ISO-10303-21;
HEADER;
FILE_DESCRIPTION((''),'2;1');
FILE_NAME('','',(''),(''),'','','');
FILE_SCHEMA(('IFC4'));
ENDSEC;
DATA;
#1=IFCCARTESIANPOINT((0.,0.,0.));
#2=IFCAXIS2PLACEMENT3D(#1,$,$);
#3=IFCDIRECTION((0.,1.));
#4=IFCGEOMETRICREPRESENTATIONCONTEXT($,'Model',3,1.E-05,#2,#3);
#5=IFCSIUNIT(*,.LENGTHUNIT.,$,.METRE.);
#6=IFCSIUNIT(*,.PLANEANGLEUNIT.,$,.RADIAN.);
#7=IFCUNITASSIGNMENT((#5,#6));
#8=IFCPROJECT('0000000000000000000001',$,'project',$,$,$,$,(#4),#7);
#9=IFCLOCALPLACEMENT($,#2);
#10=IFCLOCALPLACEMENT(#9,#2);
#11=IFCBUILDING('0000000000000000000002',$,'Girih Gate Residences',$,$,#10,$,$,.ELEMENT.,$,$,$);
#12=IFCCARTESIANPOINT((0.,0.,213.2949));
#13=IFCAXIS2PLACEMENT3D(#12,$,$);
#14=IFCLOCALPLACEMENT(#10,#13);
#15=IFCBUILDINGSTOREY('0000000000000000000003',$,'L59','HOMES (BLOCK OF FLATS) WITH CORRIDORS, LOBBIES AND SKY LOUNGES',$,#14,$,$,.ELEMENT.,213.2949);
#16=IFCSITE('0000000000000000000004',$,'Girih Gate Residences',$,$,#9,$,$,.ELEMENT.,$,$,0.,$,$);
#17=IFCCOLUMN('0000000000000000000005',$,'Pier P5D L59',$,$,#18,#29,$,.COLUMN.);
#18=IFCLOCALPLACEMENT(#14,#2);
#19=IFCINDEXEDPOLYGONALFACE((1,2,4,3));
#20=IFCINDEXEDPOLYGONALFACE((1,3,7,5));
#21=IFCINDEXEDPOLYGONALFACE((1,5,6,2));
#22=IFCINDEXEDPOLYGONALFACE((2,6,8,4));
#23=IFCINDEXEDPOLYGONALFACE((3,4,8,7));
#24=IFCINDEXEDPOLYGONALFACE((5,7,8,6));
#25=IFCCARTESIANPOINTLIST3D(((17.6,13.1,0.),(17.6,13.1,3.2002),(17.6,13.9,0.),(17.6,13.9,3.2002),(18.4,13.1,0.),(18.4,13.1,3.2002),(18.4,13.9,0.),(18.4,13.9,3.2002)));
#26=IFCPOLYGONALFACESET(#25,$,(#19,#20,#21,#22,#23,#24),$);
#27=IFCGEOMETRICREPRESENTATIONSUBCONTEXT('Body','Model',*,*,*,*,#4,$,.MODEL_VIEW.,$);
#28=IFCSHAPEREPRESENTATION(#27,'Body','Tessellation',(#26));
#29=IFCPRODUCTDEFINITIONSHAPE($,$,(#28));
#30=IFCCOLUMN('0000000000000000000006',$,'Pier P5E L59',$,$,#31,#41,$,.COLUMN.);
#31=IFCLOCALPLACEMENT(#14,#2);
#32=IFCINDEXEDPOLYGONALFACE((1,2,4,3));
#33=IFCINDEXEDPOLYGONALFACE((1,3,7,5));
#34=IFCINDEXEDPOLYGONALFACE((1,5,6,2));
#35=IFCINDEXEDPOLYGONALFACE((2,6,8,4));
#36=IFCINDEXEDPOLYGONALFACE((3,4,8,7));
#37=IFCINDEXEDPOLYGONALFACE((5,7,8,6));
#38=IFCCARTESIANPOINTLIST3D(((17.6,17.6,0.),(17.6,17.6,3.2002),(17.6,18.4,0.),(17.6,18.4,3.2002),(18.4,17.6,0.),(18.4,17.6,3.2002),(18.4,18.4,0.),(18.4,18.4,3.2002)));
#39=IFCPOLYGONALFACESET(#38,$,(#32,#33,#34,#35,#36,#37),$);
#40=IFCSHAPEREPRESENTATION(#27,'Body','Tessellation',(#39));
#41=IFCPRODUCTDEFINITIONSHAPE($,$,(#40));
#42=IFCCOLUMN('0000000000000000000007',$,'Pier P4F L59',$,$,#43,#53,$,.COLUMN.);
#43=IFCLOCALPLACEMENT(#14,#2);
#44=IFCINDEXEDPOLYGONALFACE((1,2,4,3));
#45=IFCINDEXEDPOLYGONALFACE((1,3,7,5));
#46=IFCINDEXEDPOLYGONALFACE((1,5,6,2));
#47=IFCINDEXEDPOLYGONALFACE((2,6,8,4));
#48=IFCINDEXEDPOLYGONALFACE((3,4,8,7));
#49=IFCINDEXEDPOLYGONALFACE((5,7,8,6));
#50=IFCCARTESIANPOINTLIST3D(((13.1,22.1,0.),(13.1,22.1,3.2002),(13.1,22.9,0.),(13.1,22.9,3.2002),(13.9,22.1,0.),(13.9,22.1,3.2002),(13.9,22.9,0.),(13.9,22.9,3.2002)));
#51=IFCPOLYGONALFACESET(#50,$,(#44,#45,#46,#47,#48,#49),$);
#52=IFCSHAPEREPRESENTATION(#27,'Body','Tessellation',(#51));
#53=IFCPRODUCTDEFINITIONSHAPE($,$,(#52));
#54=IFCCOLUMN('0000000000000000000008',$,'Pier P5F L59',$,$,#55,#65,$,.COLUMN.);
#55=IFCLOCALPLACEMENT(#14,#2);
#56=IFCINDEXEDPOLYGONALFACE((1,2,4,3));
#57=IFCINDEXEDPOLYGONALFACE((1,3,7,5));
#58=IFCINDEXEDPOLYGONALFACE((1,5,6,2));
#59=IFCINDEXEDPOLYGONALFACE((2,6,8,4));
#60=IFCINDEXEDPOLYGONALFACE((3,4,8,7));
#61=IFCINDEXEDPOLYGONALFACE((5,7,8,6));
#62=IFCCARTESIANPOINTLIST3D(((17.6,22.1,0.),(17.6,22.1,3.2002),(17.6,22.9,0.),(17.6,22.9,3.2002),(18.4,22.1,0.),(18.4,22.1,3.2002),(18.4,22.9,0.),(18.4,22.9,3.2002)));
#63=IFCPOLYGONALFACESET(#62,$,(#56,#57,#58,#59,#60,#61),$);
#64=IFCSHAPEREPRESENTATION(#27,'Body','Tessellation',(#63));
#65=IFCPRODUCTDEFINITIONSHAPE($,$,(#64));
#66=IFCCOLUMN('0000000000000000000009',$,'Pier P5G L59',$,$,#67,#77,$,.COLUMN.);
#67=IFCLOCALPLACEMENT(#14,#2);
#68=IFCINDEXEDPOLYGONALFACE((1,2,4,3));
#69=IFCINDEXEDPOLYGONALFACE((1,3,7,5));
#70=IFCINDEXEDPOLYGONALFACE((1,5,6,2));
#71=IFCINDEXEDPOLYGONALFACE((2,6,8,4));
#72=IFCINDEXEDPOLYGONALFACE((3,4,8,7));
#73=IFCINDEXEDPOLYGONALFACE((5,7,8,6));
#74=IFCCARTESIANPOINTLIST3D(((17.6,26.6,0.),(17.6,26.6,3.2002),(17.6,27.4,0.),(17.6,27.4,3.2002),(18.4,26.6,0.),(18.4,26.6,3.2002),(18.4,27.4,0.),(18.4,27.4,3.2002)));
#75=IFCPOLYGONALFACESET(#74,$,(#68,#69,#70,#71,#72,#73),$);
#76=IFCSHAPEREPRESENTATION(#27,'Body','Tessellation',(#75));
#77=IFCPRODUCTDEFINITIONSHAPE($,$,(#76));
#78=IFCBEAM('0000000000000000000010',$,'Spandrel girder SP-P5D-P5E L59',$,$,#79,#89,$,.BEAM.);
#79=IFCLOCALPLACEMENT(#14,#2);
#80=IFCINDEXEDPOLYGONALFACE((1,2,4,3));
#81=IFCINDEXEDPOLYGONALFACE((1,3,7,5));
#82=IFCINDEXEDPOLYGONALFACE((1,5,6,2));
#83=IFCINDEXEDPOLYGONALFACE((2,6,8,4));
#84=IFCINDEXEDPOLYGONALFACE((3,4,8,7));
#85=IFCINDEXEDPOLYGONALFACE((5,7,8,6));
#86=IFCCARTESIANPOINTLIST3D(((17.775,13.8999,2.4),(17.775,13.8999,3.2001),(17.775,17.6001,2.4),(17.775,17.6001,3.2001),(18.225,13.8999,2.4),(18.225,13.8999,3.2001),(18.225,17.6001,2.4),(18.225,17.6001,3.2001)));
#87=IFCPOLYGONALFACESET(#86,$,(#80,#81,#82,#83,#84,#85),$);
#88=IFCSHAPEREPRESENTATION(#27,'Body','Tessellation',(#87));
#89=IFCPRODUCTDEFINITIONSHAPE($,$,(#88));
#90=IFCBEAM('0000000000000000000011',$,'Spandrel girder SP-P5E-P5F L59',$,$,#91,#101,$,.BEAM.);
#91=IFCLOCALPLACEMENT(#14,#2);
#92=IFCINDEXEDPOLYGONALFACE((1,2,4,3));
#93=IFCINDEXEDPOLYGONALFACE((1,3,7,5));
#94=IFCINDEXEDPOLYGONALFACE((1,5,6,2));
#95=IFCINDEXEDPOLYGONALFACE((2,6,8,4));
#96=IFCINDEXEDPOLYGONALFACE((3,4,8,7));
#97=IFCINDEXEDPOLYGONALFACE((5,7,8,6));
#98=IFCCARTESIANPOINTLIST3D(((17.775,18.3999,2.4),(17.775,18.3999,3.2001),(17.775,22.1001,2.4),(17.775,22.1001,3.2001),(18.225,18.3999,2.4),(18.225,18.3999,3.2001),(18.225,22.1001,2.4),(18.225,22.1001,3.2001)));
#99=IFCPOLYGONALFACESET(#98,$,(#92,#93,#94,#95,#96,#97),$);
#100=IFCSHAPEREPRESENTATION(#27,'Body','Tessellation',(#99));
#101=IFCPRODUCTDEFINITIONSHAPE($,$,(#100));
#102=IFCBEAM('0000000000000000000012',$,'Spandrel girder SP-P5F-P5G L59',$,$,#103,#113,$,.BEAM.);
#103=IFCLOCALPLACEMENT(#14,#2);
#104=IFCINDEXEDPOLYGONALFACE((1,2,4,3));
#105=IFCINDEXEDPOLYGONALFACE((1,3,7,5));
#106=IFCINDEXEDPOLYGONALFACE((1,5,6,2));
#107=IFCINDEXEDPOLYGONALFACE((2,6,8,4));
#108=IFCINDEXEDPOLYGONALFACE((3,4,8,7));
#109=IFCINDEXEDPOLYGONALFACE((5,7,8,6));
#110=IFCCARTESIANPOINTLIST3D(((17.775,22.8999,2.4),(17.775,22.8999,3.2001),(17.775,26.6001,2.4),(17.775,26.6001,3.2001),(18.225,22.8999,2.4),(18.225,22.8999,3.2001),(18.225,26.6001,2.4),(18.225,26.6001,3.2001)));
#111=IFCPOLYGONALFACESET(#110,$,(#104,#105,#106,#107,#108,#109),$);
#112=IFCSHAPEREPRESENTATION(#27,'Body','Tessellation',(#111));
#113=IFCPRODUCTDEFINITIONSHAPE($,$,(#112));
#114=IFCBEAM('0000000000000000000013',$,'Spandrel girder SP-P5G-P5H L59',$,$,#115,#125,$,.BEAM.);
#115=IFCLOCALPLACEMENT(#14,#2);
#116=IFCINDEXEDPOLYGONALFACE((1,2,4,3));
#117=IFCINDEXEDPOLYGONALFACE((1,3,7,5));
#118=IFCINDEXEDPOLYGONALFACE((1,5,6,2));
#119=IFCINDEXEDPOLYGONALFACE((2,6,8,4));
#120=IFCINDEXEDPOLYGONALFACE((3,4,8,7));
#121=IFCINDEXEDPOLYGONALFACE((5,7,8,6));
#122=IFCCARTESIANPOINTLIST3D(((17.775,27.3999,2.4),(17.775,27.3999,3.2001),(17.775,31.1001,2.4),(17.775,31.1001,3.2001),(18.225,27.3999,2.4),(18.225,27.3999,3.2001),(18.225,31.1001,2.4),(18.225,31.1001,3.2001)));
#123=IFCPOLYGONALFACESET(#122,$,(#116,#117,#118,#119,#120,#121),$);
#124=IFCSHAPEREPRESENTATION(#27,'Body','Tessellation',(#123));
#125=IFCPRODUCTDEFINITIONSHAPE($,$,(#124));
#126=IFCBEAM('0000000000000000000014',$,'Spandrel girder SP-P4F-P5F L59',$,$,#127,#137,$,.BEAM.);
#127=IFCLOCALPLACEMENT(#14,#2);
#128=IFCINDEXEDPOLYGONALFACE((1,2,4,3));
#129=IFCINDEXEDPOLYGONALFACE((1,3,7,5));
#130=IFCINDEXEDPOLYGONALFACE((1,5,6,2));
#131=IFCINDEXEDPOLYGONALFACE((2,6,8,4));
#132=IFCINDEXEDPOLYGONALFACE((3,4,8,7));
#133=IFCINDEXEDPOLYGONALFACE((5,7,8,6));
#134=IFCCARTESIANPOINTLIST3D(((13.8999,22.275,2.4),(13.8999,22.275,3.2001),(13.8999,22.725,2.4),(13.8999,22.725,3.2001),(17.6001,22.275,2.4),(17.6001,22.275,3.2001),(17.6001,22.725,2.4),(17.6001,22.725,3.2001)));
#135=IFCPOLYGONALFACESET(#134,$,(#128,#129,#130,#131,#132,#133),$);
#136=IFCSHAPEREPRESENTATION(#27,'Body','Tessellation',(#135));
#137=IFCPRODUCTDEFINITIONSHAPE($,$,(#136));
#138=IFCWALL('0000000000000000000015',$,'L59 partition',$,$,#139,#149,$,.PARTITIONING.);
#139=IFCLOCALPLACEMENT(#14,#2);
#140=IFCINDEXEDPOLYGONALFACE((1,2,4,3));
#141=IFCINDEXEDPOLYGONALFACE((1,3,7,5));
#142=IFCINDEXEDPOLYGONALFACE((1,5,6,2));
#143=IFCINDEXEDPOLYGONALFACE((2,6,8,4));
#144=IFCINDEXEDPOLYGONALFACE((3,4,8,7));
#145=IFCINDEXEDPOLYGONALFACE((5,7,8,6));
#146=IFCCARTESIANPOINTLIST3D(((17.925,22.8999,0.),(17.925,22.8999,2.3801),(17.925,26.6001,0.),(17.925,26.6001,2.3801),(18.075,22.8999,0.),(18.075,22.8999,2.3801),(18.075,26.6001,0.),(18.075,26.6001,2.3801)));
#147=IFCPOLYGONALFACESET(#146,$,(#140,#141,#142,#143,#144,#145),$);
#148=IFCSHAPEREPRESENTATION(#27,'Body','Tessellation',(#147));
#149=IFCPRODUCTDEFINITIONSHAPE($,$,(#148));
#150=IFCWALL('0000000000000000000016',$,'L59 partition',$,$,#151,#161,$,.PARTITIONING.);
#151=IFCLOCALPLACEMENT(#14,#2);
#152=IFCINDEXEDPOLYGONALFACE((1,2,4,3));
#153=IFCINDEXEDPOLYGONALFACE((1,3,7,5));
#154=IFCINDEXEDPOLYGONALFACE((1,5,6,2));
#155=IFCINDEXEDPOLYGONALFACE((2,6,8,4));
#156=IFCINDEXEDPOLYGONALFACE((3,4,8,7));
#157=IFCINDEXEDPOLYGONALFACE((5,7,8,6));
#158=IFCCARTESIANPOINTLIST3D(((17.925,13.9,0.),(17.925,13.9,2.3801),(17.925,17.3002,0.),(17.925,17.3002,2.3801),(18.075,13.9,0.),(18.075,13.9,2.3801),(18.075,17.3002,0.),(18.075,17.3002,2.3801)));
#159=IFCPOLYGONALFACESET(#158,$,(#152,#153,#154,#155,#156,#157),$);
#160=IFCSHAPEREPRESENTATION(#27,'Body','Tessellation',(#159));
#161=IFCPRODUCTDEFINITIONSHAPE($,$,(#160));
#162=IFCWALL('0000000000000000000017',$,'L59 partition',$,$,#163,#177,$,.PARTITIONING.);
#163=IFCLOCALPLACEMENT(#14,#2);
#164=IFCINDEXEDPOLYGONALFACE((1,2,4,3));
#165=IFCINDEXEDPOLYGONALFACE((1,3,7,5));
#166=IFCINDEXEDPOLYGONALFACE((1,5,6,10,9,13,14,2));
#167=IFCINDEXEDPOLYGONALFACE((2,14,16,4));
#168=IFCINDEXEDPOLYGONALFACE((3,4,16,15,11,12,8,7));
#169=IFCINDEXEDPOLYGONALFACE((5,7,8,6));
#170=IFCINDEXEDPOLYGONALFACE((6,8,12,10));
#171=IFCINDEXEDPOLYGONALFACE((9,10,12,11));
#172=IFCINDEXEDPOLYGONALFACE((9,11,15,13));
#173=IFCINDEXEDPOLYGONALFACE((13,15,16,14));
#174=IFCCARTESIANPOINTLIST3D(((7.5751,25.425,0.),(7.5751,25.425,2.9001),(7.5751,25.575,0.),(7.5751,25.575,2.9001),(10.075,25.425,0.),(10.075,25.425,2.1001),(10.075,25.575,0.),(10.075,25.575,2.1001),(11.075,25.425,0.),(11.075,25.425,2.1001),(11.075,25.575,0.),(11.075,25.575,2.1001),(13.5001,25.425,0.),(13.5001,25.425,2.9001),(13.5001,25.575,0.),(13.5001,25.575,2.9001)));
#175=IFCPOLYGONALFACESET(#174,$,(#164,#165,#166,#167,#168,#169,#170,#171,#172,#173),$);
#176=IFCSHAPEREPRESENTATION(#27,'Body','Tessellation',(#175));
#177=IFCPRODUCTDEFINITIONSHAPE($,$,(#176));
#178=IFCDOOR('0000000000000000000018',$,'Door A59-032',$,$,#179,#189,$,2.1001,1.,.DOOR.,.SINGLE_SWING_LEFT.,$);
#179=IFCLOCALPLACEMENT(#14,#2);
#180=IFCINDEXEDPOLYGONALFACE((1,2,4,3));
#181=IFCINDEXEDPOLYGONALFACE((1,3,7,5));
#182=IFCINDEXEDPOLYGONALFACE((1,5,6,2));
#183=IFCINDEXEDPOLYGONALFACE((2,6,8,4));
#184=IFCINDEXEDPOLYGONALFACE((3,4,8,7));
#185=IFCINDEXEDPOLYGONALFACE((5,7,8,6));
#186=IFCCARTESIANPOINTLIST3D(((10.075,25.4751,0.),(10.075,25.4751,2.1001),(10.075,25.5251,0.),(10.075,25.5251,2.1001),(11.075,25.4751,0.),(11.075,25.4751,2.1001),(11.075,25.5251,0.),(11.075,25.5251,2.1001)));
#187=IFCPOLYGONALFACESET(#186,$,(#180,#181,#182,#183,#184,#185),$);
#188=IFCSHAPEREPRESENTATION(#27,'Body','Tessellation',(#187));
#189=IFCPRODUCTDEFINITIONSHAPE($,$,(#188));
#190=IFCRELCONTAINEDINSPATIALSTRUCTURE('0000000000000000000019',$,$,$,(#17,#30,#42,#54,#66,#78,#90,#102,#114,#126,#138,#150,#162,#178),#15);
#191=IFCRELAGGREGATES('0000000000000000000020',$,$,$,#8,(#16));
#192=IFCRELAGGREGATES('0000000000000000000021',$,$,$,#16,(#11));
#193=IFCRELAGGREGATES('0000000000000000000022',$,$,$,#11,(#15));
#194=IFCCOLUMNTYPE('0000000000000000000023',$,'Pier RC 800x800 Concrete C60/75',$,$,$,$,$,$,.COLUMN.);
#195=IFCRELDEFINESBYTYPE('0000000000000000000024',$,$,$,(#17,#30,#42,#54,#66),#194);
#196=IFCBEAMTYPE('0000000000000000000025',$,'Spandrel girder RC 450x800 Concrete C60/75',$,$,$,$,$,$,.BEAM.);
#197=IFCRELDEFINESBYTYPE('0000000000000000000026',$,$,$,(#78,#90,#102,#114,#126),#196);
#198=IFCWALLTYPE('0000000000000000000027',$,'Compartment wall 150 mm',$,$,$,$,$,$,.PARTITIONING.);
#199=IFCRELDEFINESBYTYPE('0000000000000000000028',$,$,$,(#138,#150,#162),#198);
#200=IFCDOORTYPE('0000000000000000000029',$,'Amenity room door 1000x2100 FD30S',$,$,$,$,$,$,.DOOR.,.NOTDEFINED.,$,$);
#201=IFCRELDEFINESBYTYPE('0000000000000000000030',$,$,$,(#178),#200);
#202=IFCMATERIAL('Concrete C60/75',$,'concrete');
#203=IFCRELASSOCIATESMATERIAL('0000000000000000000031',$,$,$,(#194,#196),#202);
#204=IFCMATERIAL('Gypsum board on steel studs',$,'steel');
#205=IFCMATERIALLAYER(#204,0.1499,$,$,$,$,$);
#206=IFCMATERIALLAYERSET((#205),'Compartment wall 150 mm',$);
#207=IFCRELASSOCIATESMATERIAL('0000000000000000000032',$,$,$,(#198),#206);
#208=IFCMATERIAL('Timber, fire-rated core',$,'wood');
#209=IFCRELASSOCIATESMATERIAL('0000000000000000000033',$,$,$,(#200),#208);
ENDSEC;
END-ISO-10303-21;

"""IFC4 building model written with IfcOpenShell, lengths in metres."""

from ifc_helpers import new_model, si_unit, direction, frame, frame_2d, origin, origin_2d, place, context, subcontext, project, spatial, rectangle, extrude, material, layer, layer_set, material_profile, profile_set, type_object, element, fill, save


model = new_model("IFC4")

# Units and contexts
model_context = context("Model", 3, precision=1e-05, world=origin(), true_north=direction((0.0, 1.0)))
body_context = subcontext(model_context, "Body", "Model", "MODEL_VIEW")
ifc_project = project(units=[si_unit("LENGTHUNIT", "METRE"), si_unit("PLANEANGLEUNIT", "RADIAN")], contexts=[model_context])

# Site, building, storey
site_placement = place(None, origin())
site = spatial("IfcSite", under=ifc_project, at=site_placement, Name="Girih Gate Residences", CompositionType="ELEMENT", RefElevation=0.0)
building_placement = place(site_placement, origin())
building = spatial("IfcBuilding", under=site, at=building_placement, Name="Girih Gate Residences", CompositionType="ELEMENT")
storey_placement = place(building_placement, frame((0.0, 0.0, 213.2949)))
storey = spatial("IfcBuildingStorey", under=building, at=storey_placement, Name="L59", Description="HOMES (BLOCK OF FLATS) WITH CORRIDORS, LOBBIES AND SKY LOUNGES", CompositionType="ELEMENT", Elevation=213.2949)

# Columns
ifc_material_1 = material(Name="Concrete C60/75", Category="concrete")
ifc_material_profile_1 = material_profile(ifc_material_1, rectangle(XDim=0.8, YDim=0.8, at=origin_2d()))
ifc_profile_set_1 = profile_set([ifc_material_profile_1], Name="Concrete C60/75")
column_type = type_object("IfcColumnType", Name="Pier RC 800x800 Concrete C60/75", PredefinedType="COLUMN", material=ifc_profile_set_1)
for number, where, z_axis, x_axis, name in (
    (1, (18.0, 13.5, 0.0), (0.0, 0.0, 1.0), (1.0, 0.0, 0.0), "Pier P5D L59"),
    (2, (18.0, 18.0, 0.0), (0.0, 0.0, 1.0), (1.0, 0.0, 0.0), "Pier P5E L59"),
    (3, (13.5, 22.5, 0.0), (0.0, 0.0, 1.0), (1.0, 0.0, 0.0), "Pier P4F L59"),
    (4, (18.0, 22.5, 0.0), (0.0, 0.0, 1.0), (1.0, 0.0, 0.0), "Pier P5F L59"),
    (5, (18.0, 27.0, 0.0), (0.0, 0.0, 1.0), (1.0, 0.0, 0.0), "Pier P5G L59"),
):
    element("IfcColumn", number, at=place(storey_placement, frame(where, z_axis=z_axis, x_axis=x_axis)), inside=storey, type_object=column_type, Name=name, PredefinedType="COLUMN", context=body_context, shape_type="SweptSolid", body=[
        extrude(rectangle(XDim=0.8, YDim=0.8, at=origin_2d()), origin(), (0.0, 0.0, 1.0), 3.2002),
    ])

# Beams
ifc_material_profile_2 = material_profile(ifc_material_1, rectangle(XDim=0.45, YDim=0.8, at=origin_2d()))
ifc_profile_set_2 = profile_set([ifc_material_profile_2], Name="Concrete C60/75")
beam_type = type_object("IfcBeamType", Name="Spandrel girder RC 450x800 Concrete C60/75", PredefinedType="BEAM", material=ifc_profile_set_2)
for number, where, z_axis, x_axis, name in (
    (6, (18.0, 13.8999, 2.8), (0.0, 1.0, 0.0), (-1.0, 0.0, 0.0), "Spandrel girder SP-P5D-P5E L59"),
    (7, (18.0, 18.3999, 2.8), (0.0, 1.0, 0.0), (-1.0, 0.0, 0.0), "Spandrel girder SP-P5E-P5F L59"),
    (8, (18.0, 22.8999, 2.8), (0.0, 1.0, 0.0), (-1.0, 0.0, 0.0), "Spandrel girder SP-P5F-P5G L59"),
    (9, (18.0, 27.3999, 2.8), (0.0, 1.0, 0.0), (-1.0, 0.0, 0.0), "Spandrel girder SP-P5G-P5H L59"),
    (10, (13.8999, 22.5, 2.8), (1.0, 0.0, 0.0), (0.0, 1.0, 0.0), "Spandrel girder SP-P4F-P5F L59"),
):
    element("IfcBeam", number, at=place(storey_placement, frame(where, z_axis=z_axis, x_axis=x_axis)), inside=storey, type_object=beam_type, Name=name, PredefinedType="BEAM", context=body_context, shape_type="SweptSolid", body=[
        extrude(rectangle(XDim=0.45, YDim=0.8, at=origin_2d()), origin(), (0.0, 0.0, 1.0), 3.7002),
    ])

# Walls
ifc_material_2 = material(Name="Gypsum board on steel studs", Category="steel")
ifc_layer_1 = layer(ifc_material_2, 0.1499)
ifc_layer_set_1 = layer_set([ifc_layer_1], Name="Compartment wall 150 mm")
wall_type_1 = type_object("IfcWallType", Name="Compartment wall 150 mm", PredefinedType="PARTITIONING", material=ifc_layer_set_1)
wall_1_placement = place(storey_placement, frame((18.0, 22.8999, 0.0), z_axis=(0.0, 0.0, 1.0), x_axis=(0.0, 1.0, 0.0)))
element("IfcWall", 11, at=wall_1_placement, inside=storey, type_object=wall_type_1, Name="L59 partition", PredefinedType="PARTITIONING", context=body_context, shape_type="SweptSolid", body=[
    extrude(rectangle(XDim=3.7002, YDim=0.1499, at=frame_2d((1.8501, 0.0))), origin(), (0.0, 0.0, 1.0), 2.3801),
])
wall_2_placement = place(storey_placement, frame((18.0, 13.8999, 0.0), z_axis=(0.0, 0.0, 1.0), x_axis=(0.0, 1.0, 0.0)))
element("IfcWall", 12, at=wall_2_placement, inside=storey, type_object=wall_type_1, Name="L59 partition", PredefinedType="PARTITIONING", context=body_context, shape_type="SweptSolid", body=[
    extrude(rectangle(XDim=3.4001, YDim=0.1499, at=frame_2d((1.7002, 0.0))), origin(), (0.0, 0.0, 1.0), 2.3801),
])

# Wall, opening, door
wall_3_placement = place(storey_placement, frame((13.5, 25.5, 0.0), z_axis=(0.0, 0.0, 1.0), x_axis=(-1.0, 0.0, 0.0)))
wall_3 = element("IfcWall", 13, at=wall_3_placement, inside=storey, type_object=wall_type_1, Name="L59 partition", PredefinedType="PARTITIONING", context=body_context, shape_type="SweptSolid", body=[
    extrude(rectangle(XDim=5.925, YDim=0.1499, at=frame_2d((2.9624, 0.0))), origin(), (0.0, 0.0, 1.0), 2.9001),
])
opening_1_placement = place(wall_3_placement, frame((2.425, 0.0, 0.0)))
opening_1 = element("IfcOpeningElement", 14, at=opening_1_placement, cuts=wall_3, PredefinedType="OPENING", context=body_context, shape_type="SweptSolid", body=[
    extrude(rectangle(XDim=1.0, YDim=2.1001, at=frame_2d((0.5, 1.05))), frame((0.0, 0.085, 0.0), z_axis=(0.0, -1.0, 0.0), x_axis=(1.0, 0.0, 0.0)), (0.0, 0.0, 1.0), 0.1699),
])
ifc_material_3 = material(Name="Timber, fire-rated core", Category="wood")
door_type = type_object("IfcDoorType", Name="Amenity room door 1000x2100 FD30S", OperationType="NOTDEFINED", PredefinedType="DOOR", material=ifc_material_3)
door_1_placement = place(opening_1_placement, origin())
door_1 = element("IfcDoor", 15, at=door_1_placement, inside=storey, type_object=door_type, Name="Door A59-032", OperationType="SINGLE_SWING_LEFT", OverallHeight=2.1001, OverallWidth=1.0, PredefinedType="DOOR", context=body_context, shape_type="SweptSolid", body=[
    extrude(rectangle(XDim=1.0, YDim=2.1001, at=frame_2d((0.5, 1.05))), frame((0.0, 0.0249, 0.0), z_axis=(0.0, -1.0, 0.0), x_axis=(1.0, 0.0, 0.0)), (0.0, 0.0, 1.0), 0.05),
])
fill(opening_1, door_1)

save(model, "model.ifc")
